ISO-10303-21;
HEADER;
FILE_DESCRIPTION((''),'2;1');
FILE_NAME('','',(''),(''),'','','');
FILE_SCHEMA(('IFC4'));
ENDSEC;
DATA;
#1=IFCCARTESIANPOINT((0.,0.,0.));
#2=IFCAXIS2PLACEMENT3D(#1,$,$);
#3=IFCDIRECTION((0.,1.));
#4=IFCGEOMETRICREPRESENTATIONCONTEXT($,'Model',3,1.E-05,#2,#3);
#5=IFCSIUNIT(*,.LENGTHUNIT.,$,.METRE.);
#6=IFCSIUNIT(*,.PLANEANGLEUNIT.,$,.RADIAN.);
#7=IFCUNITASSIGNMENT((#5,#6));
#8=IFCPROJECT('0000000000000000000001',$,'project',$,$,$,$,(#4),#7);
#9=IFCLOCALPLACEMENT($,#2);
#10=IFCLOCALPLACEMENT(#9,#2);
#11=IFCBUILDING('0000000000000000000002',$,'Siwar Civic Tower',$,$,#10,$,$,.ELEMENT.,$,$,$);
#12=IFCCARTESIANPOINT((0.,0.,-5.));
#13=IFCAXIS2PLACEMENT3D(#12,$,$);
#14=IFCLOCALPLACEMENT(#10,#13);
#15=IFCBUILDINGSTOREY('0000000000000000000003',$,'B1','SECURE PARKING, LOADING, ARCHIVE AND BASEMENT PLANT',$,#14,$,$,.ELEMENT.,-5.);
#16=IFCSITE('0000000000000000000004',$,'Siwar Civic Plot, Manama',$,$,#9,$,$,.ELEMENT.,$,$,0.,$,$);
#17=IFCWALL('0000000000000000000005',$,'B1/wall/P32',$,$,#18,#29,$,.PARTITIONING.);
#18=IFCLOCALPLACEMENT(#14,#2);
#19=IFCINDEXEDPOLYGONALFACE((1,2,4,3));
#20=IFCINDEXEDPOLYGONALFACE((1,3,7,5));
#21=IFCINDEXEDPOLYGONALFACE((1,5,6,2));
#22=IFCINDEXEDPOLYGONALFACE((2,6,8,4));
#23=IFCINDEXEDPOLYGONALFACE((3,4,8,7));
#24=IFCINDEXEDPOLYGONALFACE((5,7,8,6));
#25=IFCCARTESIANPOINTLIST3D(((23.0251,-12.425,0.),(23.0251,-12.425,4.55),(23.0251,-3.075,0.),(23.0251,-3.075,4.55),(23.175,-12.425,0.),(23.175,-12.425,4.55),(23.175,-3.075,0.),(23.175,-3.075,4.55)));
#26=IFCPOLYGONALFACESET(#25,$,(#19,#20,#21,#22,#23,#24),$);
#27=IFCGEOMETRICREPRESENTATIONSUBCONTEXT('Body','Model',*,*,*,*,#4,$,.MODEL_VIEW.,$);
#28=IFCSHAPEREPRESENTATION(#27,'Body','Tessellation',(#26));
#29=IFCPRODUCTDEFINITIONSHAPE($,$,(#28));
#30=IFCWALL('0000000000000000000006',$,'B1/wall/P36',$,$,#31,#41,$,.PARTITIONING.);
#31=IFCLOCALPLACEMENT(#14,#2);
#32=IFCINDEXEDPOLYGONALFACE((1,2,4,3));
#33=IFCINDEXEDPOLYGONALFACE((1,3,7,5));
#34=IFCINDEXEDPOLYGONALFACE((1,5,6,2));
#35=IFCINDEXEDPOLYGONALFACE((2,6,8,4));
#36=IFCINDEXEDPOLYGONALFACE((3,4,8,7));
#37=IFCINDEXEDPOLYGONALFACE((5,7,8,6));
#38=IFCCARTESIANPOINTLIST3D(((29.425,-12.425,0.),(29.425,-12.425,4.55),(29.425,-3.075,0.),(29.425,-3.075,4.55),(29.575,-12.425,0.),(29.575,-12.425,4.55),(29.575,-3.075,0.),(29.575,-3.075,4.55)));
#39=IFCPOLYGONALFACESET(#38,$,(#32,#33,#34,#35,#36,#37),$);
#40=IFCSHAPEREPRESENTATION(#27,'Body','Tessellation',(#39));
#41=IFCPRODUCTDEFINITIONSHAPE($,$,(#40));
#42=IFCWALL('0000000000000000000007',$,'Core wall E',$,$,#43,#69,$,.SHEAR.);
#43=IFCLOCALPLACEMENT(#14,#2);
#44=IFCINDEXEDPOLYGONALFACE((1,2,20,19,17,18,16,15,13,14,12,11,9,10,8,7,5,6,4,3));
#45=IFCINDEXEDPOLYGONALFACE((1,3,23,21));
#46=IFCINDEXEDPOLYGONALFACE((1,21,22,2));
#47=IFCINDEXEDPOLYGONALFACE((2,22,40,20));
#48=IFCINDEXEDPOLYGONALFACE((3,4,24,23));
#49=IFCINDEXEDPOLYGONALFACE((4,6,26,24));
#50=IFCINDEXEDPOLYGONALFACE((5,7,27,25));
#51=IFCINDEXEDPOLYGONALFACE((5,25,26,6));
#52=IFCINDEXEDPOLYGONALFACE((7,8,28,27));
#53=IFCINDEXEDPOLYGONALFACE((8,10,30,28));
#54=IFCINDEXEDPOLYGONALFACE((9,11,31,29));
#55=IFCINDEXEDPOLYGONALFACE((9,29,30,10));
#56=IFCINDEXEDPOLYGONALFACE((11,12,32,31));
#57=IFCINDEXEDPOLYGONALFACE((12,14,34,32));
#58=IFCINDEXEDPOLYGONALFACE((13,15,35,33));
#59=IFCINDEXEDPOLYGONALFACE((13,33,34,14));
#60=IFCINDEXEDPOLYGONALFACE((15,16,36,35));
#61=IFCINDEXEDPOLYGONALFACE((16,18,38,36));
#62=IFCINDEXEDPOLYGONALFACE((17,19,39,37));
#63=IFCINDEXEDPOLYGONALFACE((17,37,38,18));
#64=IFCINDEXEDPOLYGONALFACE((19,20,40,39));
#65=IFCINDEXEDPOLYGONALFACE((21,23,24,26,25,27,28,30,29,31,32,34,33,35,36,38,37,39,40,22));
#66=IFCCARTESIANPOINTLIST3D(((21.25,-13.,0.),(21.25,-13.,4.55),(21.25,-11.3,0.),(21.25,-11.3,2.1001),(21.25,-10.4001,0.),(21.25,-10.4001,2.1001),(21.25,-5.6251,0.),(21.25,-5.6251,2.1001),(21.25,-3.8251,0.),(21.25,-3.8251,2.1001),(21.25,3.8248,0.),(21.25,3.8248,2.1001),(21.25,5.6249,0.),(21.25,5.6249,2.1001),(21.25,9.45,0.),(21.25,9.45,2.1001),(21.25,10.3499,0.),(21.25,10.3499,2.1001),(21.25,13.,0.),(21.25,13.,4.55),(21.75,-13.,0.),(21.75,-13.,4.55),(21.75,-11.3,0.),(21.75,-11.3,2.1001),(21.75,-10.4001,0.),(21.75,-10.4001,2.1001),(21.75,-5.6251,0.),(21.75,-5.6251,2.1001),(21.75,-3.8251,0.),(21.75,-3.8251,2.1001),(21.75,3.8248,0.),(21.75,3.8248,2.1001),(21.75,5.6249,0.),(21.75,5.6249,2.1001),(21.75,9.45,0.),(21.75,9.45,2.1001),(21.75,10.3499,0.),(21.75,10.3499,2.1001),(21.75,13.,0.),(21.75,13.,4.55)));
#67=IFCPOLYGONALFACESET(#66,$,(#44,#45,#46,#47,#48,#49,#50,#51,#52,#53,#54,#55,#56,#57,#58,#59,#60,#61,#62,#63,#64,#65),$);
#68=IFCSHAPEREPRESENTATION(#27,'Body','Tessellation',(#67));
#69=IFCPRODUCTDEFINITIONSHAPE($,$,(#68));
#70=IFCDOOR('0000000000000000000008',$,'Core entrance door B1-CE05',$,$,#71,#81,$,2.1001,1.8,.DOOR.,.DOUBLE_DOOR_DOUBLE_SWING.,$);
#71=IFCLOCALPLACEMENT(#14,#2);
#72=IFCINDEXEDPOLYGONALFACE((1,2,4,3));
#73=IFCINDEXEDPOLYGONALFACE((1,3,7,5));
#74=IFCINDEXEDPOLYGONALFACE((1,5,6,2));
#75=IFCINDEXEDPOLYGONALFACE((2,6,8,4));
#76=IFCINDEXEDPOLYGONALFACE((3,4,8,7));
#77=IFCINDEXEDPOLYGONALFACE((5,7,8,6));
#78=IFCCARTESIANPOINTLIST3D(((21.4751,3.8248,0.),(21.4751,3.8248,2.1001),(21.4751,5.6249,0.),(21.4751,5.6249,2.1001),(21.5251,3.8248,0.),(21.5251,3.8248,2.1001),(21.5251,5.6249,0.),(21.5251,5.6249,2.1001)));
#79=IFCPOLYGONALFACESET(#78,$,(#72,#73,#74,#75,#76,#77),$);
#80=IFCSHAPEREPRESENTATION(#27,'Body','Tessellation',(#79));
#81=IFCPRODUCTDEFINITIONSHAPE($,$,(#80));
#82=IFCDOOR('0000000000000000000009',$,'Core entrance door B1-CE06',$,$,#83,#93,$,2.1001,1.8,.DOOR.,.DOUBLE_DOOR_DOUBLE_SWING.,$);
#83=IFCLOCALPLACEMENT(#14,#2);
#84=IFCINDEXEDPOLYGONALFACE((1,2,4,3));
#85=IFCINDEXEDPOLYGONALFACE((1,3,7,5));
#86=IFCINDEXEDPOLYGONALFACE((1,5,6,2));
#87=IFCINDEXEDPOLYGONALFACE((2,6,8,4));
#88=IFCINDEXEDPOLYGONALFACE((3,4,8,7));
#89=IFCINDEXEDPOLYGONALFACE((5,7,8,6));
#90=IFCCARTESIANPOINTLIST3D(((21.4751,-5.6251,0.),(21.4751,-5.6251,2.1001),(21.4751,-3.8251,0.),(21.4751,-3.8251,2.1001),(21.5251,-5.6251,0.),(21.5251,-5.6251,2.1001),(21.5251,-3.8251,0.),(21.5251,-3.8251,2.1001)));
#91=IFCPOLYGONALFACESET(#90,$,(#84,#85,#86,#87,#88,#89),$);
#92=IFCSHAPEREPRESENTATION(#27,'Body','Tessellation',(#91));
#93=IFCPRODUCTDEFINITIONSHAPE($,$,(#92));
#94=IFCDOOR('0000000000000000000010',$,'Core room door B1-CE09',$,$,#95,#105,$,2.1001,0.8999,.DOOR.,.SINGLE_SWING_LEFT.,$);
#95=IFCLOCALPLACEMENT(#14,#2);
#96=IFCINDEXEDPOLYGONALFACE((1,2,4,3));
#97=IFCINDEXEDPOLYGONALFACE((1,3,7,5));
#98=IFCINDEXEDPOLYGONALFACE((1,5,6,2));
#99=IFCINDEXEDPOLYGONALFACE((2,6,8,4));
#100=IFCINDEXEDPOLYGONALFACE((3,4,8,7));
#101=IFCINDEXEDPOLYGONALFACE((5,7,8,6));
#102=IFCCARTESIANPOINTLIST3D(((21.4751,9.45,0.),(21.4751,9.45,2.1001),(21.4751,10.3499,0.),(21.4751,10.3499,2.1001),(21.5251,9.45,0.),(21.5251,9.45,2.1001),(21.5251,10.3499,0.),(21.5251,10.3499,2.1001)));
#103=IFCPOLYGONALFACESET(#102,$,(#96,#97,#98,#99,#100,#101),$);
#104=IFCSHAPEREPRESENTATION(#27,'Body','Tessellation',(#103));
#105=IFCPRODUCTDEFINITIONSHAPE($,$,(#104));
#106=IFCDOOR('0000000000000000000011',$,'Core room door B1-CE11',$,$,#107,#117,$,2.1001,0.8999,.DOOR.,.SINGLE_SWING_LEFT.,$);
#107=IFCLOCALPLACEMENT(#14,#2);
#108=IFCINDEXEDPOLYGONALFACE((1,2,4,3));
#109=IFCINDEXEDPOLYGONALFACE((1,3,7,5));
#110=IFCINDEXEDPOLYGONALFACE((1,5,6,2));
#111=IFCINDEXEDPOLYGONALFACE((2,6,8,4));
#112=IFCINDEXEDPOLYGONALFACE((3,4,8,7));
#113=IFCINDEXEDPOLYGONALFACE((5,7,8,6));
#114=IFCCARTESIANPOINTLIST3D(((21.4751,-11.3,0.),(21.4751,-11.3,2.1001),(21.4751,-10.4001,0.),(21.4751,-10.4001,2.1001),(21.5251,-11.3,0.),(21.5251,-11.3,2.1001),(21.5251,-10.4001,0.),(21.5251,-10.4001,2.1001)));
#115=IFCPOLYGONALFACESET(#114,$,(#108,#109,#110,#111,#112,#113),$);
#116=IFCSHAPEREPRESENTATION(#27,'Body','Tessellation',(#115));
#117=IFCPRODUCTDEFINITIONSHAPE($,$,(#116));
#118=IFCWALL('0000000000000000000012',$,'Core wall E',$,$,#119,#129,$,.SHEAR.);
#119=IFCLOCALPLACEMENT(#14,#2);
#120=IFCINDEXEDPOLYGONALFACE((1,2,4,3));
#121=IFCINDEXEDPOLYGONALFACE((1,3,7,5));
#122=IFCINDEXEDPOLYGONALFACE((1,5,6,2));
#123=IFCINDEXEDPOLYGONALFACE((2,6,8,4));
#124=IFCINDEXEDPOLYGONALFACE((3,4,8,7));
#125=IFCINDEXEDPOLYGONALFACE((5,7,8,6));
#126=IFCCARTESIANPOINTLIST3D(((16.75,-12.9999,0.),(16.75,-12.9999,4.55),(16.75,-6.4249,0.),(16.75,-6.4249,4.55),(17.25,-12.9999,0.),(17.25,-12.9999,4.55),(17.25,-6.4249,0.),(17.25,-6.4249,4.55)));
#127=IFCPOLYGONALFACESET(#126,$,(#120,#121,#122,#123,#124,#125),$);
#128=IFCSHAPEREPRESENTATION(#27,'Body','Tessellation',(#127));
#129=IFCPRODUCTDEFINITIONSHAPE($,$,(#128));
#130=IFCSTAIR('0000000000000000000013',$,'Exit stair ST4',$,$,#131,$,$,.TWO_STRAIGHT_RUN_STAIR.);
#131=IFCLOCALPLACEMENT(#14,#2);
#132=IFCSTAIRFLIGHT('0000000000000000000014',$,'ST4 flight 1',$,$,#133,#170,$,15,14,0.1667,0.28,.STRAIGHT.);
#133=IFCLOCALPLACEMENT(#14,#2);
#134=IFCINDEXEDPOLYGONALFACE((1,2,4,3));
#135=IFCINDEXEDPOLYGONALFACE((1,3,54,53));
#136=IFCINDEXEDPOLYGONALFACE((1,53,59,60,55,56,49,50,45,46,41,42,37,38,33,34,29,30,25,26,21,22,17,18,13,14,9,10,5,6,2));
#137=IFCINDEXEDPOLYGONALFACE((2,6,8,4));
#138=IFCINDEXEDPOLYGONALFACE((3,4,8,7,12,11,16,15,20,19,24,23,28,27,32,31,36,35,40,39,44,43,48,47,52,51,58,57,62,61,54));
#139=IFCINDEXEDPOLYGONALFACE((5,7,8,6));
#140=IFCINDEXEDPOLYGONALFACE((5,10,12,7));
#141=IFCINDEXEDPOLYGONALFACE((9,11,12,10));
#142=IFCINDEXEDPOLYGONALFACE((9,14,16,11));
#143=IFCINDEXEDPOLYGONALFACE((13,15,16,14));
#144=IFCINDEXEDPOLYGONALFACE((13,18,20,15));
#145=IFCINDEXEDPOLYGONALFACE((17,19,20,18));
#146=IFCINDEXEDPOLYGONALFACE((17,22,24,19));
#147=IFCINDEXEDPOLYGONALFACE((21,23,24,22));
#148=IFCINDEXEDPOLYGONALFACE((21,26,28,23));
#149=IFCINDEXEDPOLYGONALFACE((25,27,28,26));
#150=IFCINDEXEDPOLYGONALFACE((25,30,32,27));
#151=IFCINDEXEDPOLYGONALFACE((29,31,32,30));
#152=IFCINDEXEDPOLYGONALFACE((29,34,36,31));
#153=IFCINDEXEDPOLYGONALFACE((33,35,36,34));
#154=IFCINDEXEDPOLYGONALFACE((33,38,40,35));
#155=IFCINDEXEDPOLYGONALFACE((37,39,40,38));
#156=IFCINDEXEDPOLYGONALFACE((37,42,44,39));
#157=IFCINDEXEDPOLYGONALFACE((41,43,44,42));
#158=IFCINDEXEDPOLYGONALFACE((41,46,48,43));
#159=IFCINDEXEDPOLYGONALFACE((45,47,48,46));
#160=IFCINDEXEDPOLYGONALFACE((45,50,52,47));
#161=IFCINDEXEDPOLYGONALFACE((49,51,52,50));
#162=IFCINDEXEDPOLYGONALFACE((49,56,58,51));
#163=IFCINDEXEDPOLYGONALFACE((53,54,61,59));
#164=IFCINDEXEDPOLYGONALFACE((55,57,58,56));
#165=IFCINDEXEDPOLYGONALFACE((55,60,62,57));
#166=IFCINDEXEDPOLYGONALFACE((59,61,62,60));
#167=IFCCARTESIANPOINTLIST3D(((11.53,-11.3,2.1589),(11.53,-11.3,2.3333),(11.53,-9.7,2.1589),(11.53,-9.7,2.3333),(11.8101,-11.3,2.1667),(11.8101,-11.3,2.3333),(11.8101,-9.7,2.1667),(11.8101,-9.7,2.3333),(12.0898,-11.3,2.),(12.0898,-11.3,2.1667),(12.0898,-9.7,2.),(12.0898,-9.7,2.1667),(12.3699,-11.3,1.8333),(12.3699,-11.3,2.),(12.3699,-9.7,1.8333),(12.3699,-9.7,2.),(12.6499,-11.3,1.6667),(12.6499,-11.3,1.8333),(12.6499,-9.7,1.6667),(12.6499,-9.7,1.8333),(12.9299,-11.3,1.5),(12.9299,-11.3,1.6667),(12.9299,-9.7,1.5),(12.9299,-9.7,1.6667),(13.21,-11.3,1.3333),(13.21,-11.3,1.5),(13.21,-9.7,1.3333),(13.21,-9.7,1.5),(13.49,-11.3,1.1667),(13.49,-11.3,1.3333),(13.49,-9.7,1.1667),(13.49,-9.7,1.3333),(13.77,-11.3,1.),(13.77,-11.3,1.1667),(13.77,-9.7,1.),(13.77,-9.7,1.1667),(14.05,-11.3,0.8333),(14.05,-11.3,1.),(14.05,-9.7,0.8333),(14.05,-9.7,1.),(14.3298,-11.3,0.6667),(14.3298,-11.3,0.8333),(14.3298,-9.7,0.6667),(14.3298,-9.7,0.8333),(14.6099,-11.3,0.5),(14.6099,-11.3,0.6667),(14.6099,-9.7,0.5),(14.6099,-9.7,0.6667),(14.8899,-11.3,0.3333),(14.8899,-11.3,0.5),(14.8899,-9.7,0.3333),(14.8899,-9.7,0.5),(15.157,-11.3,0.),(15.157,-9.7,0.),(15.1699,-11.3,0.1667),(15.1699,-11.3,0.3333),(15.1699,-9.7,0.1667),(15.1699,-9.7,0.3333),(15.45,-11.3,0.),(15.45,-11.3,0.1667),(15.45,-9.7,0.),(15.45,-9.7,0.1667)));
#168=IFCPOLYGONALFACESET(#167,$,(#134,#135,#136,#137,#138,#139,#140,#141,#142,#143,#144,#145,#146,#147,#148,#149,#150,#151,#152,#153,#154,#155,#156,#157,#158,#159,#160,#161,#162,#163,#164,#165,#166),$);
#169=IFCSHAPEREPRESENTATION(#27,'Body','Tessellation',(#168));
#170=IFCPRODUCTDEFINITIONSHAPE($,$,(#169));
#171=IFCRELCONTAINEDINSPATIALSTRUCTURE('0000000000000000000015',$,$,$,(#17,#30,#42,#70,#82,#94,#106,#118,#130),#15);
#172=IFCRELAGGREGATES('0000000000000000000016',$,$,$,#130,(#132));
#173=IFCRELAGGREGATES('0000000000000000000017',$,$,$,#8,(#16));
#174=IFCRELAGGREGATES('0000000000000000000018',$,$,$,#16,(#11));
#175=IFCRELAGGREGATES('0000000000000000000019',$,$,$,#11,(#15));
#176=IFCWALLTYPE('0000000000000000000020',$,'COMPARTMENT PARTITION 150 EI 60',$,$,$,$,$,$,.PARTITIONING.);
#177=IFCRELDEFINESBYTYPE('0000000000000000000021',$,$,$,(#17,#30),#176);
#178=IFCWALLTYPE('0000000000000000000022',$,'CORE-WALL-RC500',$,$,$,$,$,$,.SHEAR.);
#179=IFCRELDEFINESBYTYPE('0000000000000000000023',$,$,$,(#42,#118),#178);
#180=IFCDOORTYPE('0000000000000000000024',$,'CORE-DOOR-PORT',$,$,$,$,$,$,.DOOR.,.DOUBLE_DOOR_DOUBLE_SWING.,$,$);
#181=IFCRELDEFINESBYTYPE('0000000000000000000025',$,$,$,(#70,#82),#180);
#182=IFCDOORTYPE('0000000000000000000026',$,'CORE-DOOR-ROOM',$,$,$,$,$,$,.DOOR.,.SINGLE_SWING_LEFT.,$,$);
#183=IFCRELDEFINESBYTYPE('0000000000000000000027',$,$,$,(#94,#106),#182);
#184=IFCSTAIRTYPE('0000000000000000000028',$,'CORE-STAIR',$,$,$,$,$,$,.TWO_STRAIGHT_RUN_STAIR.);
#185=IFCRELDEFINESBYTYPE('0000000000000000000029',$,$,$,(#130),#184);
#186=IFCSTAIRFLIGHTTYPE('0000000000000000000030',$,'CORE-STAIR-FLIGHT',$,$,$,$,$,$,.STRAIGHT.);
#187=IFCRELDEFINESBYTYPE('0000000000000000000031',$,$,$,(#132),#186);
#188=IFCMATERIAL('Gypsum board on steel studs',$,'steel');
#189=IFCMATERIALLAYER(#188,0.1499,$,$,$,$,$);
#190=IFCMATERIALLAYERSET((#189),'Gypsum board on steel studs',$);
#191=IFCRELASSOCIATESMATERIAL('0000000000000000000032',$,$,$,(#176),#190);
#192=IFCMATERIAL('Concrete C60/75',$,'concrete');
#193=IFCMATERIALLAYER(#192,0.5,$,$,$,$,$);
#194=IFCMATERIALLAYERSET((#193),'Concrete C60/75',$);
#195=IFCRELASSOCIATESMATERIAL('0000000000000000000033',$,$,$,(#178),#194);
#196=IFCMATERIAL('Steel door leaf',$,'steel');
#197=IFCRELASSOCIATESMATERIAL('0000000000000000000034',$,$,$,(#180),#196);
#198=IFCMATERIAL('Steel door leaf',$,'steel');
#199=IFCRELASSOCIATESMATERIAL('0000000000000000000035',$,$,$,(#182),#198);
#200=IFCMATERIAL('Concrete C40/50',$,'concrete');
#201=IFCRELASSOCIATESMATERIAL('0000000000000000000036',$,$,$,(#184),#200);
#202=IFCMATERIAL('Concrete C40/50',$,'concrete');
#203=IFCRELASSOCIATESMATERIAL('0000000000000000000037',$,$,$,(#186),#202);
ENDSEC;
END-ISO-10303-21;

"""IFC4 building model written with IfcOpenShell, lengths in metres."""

from ifc_helpers import new_model, si_unit, direction, frame, frame_2d, origin, place, context, subcontext, project, spatial, polyline, rectangle, outline, extrude, material, layer, layer_set, type_object, element, fill, aggregate, save


model = new_model("IFC4")

# Units and contexts
model_context = context("Model", 3, precision=1e-05, world=origin(), true_north=direction((0.0, 1.0)))
body_context = subcontext(model_context, "Body", "Model", "MODEL_VIEW")
ifc_project = project(units=[si_unit("LENGTHUNIT", "METRE"), si_unit("PLANEANGLEUNIT", "RADIAN")], contexts=[model_context])

# Site, building, storey
site_placement = place(None, origin())
site = spatial("IfcSite", under=ifc_project, at=site_placement, Name="Siwar Civic Plot, Manama", CompositionType="ELEMENT", RefElevation=0.0)
building_placement = place(site_placement, origin())
building = spatial("IfcBuilding", under=site, at=building_placement, Name="Siwar Civic Tower", CompositionType="ELEMENT")
storey_placement = place(building_placement, frame((0.0, 0.0, -5.0)))
storey = spatial("IfcBuildingStorey", under=building, at=storey_placement, Name="B1", Description="SECURE PARKING, LOADING, ARCHIVE AND BASEMENT PLANT", CompositionType="ELEMENT", Elevation=-5.0)

# Shared definitions
ifc_material_1 = material(Name="Gypsum board on steel studs", Category="steel")
ifc_layer_1 = layer(ifc_material_1, 0.1499)
ifc_layer_set_1 = layer_set([ifc_layer_1], Name="Gypsum board on steel studs")
wall_type_1 = type_object("IfcWallType", Name="COMPARTMENT PARTITION 150 EI 60", PredefinedType="PARTITIONING", material=ifc_layer_set_1)

# Walls
for number, where, z_axis, x_axis, name in (
    (1, (23.1001, -12.425, 0.0), (0.0, 0.0, 1.0), (0.0, 1.0, 0.0), "B1/wall/P32"),
    (2, (29.5, -12.425, 0.0), (0.0, 0.0, 1.0), (0.0, 1.0, 0.0), "B1/wall/P36"),
):
    element("IfcWall", number, at=place(storey_placement, frame(where, z_axis=z_axis, x_axis=x_axis)), inside=storey, type_object=wall_type_1, Name=name, PredefinedType="PARTITIONING", context=body_context, shape_type="SweptSolid", body=[
        extrude(rectangle(XDim=9.3501, YDim=0.1499, at=frame_2d((4.675, 0.0))), origin(), (0.0, 0.0, 1.0), 4.55),
    ])

# Wall, openings, doors
ifc_material_2 = material(Name="Concrete C60/75", Category="concrete")
ifc_layer_2 = layer(ifc_material_2, 0.5)
ifc_layer_set_2 = layer_set([ifc_layer_2], Name="Concrete C60/75")
wall_type_2 = type_object("IfcWallType", Name="CORE-WALL-RC500", PredefinedType="SHEAR", material=ifc_layer_set_2)
wall_1_placement = place(storey_placement, frame((21.5, -13.0, 0.0), z_axis=(0.0, 0.0, 1.0), x_axis=(0.0, 1.0, 0.0)))
wall_1 = element("IfcWall", 3, at=wall_1_placement, inside=storey, type_object=wall_type_2, Name="Core wall E", PredefinedType="SHEAR", context=body_context, shape_type="SweptSolid", body=[
    extrude(rectangle(XDim=26.0, YDim=0.5, at=frame_2d((13.0, 0.0))), origin(), (0.0, 0.0, 1.0), 4.55),
])
opening_1_placement = place(wall_1_placement, frame((16.825, 0.0, 0.0)))
opening_1 = element("IfcOpeningElement", 4, at=opening_1_placement, cuts=wall_1, PredefinedType="OPENING", context=body_context, shape_type="SweptSolid", body=[
    extrude(rectangle(XDim=1.8, YDim=2.1001, at=frame_2d((0.8999, 1.05))), frame((0.0, 0.26, 0.0), z_axis=(0.0, -1.0, 0.0), x_axis=(1.0, 0.0, 0.0)), (0.0, 0.0, 1.0), 0.52),
])
opening_2_placement = place(wall_1_placement, frame((7.375, 0.0, 0.0)))
opening_2 = element("IfcOpeningElement", 5, at=opening_2_placement, cuts=wall_1, PredefinedType="OPENING", context=body_context, shape_type="SweptSolid", body=[
    extrude(rectangle(XDim=1.8, YDim=2.1001, at=frame_2d((0.8999, 1.05))), frame((0.0, 0.26, 0.0), z_axis=(0.0, -1.0, 0.0), x_axis=(1.0, 0.0, 0.0)), (0.0, 0.0, 1.0), 0.52),
])
opening_3_placement = place(wall_1_placement, frame((22.45, 0.0, 0.0)))
opening_3 = element("IfcOpeningElement", 6, at=opening_3_placement, cuts=wall_1, PredefinedType="OPENING", context=body_context, shape_type="SweptSolid", body=[
    extrude(rectangle(XDim=0.8999, YDim=2.1001, at=frame_2d((0.45, 1.05))), frame((0.0, 0.26, 0.0), z_axis=(0.0, -1.0, 0.0), x_axis=(1.0, 0.0, 0.0)), (0.0, 0.0, 1.0), 0.52),
])
opening_4_placement = place(wall_1_placement, frame((1.7, 0.0, 0.0)))
opening_4 = element("IfcOpeningElement", 7, at=opening_4_placement, cuts=wall_1, PredefinedType="OPENING", context=body_context, shape_type="SweptSolid", body=[
    extrude(rectangle(XDim=0.8999, YDim=2.1001, at=frame_2d((0.45, 1.05))), frame((0.0, 0.26, 0.0), z_axis=(0.0, -1.0, 0.0), x_axis=(1.0, 0.0, 0.0)), (0.0, 0.0, 1.0), 0.52),
])
ifc_material_3 = material(Name="Steel door leaf", Category="steel")
door_type_1 = type_object("IfcDoorType", Name="CORE-DOOR-PORT", OperationType="DOUBLE_DOOR_DOUBLE_SWING", PredefinedType="DOOR", material=ifc_material_3)
door_1_placement = place(opening_1_placement, origin())
door_1 = element("IfcDoor", 8, at=door_1_placement, inside=storey, type_object=door_type_1, Name="Core entrance door B1-CE05", OperationType="DOUBLE_DOOR_DOUBLE_SWING", OverallHeight=2.1001, OverallWidth=1.8, PredefinedType="DOOR", context=body_context, shape_type="SweptSolid", body=[
    extrude(rectangle(XDim=1.8, YDim=2.1001, at=frame_2d((0.8999, 1.05))), frame((0.0, 0.0249, 0.0), z_axis=(0.0, -1.0, 0.0), x_axis=(1.0, 0.0, 0.0)), (0.0, 0.0, 1.0), 0.05),
])
fill(opening_1, door_1)
door_2_placement = place(opening_2_placement, origin())
door_2 = element("IfcDoor", 9, at=door_2_placement, inside=storey, type_object=door_type_1, Name="Core entrance door B1-CE06", OperationType="DOUBLE_DOOR_DOUBLE_SWING", OverallHeight=2.1001, OverallWidth=1.8, PredefinedType="DOOR", context=body_context, shape_type="SweptSolid", body=[
    extrude(rectangle(XDim=1.8, YDim=2.1001, at=frame_2d((0.8999, 1.05))), frame((0.0, 0.0249, 0.0), z_axis=(0.0, -1.0, 0.0), x_axis=(1.0, 0.0, 0.0)), (0.0, 0.0, 1.0), 0.05),
])
fill(opening_2, door_2)
ifc_material_4 = material(Name="Steel door leaf", Category="steel")
door_type_2 = type_object("IfcDoorType", Name="CORE-DOOR-ROOM", OperationType="SINGLE_SWING_LEFT", PredefinedType="DOOR", material=ifc_material_4)
door_3_placement = place(opening_3_placement, origin())
door_3 = element("IfcDoor", 10, at=door_3_placement, inside=storey, type_object=door_type_2, Name="Core room door B1-CE09", OperationType="SINGLE_SWING_LEFT", OverallHeight=2.1001, OverallWidth=0.8999, PredefinedType="DOOR", context=body_context, shape_type="SweptSolid", body=[
    extrude(rectangle(XDim=0.8999, YDim=2.1001, at=frame_2d((0.45, 1.05))), frame((0.0, 0.0249, 0.0), z_axis=(0.0, -1.0, 0.0), x_axis=(1.0, 0.0, 0.0)), (0.0, 0.0, 1.0), 0.05),
])
fill(opening_3, door_3)
door_4_placement = place(opening_4_placement, origin())
door_4 = element("IfcDoor", 11, at=door_4_placement, inside=storey, type_object=door_type_2, Name="Core room door B1-CE11", OperationType="SINGLE_SWING_LEFT", OverallHeight=2.1001, OverallWidth=0.8999, PredefinedType="DOOR", context=body_context, shape_type="SweptSolid", body=[
    extrude(rectangle(XDim=0.8999, YDim=2.1001, at=frame_2d((0.45, 1.05))), frame((0.0, 0.0249, 0.0), z_axis=(0.0, -1.0, 0.0), x_axis=(1.0, 0.0, 0.0)), (0.0, 0.0, 1.0), 0.05),
])
fill(opening_4, door_4)

# Wall
wall_2_placement = place(storey_placement, frame((17.0, -13.0, 0.0), z_axis=(0.0, 0.0, 1.0), x_axis=(0.0, 1.0, 0.0)))
element("IfcWall", 12, at=wall_2_placement, inside=storey, type_object=wall_type_2, Name="Core wall E", PredefinedType="SHEAR", context=body_context, shape_type="SweptSolid", body=[
    extrude(rectangle(XDim=6.575, YDim=0.5, at=frame_2d((3.2876, 0.0))), origin(), (0.0, 0.0, 1.0), 4.55),
])

# Stair, stair flight
ifc_material_5 = material(Name="Concrete C40/50", Category="concrete")
stair_type = type_object("IfcStairType", Name="CORE-STAIR", PredefinedType="TWO_STRAIGHT_RUN_STAIR", material=ifc_material_5)
stair_placement = place(storey_placement, origin())
stair = element("IfcStair", 13, at=stair_placement, inside=storey, type_object=stair_type, Name="Exit stair ST4", PredefinedType="TWO_STRAIGHT_RUN_STAIR")
ifc_material_6 = material(Name="Concrete C40/50", Category="concrete")
stair_flight_type = type_object("IfcStairFlightType", Name="CORE-STAIR-FLIGHT", PredefinedType="STRAIGHT", material=ifc_material_6)
stair_flight_placement = place(storey_placement, frame((15.45, -10.5, 0.0), z_axis=(0.0, 0.0, 1.0), x_axis=(-1.0, 0.0, 0.0)))
stair_flight = element("IfcStairFlight", 14, at=stair_flight_placement, type_object=stair_flight_type, Name="ST4 flight 1", NumberOfRisers=15, NumberOfTreads=14, PredefinedType="STRAIGHT", RiserHeight=0.1667, TreadLength=0.28, context=body_context, shape_type="SweptSolid", body=[
    extrude(outline(polyline([(0.0, 0.0), (0.0, 0.1667), (0.28, 0.1667), (0.28, 0.3333), (0.5601, 0.3333), (0.5601, 0.5), (0.8401, 0.5), (0.8401, 0.6667), (1.1201, 0.6667), (1.1201, 0.8333), (1.3999, 0.8333), (1.3999, 1.0), (1.6799, 1.0), (1.6799, 1.1667), (1.96, 1.1667), (1.96, 1.3333), (2.24, 1.3333), (2.24, 1.5), (2.52, 1.5), (2.52, 1.6667), (2.8, 1.6667), (2.8, 1.8333), (3.0801, 1.8333), (3.0801, 2.0), (3.3601, 2.0), (3.3601, 2.1667), (3.6399, 2.1667), (3.6399, 2.3333), (3.9199, 2.3333), (3.9199, 2.5), (3.9199, 2.1589), (0.293, 0.0), (0.0, 0.0)])), frame((0.0, 0.8, 0.0), z_axis=(0.0, -1.0, 0.0), x_axis=(1.0, 0.0, 0.0)), (0.0, 0.0, 1.0), 1.6001),
])
aggregate(stair, [stair_flight])

save(model, "model.ifc")
